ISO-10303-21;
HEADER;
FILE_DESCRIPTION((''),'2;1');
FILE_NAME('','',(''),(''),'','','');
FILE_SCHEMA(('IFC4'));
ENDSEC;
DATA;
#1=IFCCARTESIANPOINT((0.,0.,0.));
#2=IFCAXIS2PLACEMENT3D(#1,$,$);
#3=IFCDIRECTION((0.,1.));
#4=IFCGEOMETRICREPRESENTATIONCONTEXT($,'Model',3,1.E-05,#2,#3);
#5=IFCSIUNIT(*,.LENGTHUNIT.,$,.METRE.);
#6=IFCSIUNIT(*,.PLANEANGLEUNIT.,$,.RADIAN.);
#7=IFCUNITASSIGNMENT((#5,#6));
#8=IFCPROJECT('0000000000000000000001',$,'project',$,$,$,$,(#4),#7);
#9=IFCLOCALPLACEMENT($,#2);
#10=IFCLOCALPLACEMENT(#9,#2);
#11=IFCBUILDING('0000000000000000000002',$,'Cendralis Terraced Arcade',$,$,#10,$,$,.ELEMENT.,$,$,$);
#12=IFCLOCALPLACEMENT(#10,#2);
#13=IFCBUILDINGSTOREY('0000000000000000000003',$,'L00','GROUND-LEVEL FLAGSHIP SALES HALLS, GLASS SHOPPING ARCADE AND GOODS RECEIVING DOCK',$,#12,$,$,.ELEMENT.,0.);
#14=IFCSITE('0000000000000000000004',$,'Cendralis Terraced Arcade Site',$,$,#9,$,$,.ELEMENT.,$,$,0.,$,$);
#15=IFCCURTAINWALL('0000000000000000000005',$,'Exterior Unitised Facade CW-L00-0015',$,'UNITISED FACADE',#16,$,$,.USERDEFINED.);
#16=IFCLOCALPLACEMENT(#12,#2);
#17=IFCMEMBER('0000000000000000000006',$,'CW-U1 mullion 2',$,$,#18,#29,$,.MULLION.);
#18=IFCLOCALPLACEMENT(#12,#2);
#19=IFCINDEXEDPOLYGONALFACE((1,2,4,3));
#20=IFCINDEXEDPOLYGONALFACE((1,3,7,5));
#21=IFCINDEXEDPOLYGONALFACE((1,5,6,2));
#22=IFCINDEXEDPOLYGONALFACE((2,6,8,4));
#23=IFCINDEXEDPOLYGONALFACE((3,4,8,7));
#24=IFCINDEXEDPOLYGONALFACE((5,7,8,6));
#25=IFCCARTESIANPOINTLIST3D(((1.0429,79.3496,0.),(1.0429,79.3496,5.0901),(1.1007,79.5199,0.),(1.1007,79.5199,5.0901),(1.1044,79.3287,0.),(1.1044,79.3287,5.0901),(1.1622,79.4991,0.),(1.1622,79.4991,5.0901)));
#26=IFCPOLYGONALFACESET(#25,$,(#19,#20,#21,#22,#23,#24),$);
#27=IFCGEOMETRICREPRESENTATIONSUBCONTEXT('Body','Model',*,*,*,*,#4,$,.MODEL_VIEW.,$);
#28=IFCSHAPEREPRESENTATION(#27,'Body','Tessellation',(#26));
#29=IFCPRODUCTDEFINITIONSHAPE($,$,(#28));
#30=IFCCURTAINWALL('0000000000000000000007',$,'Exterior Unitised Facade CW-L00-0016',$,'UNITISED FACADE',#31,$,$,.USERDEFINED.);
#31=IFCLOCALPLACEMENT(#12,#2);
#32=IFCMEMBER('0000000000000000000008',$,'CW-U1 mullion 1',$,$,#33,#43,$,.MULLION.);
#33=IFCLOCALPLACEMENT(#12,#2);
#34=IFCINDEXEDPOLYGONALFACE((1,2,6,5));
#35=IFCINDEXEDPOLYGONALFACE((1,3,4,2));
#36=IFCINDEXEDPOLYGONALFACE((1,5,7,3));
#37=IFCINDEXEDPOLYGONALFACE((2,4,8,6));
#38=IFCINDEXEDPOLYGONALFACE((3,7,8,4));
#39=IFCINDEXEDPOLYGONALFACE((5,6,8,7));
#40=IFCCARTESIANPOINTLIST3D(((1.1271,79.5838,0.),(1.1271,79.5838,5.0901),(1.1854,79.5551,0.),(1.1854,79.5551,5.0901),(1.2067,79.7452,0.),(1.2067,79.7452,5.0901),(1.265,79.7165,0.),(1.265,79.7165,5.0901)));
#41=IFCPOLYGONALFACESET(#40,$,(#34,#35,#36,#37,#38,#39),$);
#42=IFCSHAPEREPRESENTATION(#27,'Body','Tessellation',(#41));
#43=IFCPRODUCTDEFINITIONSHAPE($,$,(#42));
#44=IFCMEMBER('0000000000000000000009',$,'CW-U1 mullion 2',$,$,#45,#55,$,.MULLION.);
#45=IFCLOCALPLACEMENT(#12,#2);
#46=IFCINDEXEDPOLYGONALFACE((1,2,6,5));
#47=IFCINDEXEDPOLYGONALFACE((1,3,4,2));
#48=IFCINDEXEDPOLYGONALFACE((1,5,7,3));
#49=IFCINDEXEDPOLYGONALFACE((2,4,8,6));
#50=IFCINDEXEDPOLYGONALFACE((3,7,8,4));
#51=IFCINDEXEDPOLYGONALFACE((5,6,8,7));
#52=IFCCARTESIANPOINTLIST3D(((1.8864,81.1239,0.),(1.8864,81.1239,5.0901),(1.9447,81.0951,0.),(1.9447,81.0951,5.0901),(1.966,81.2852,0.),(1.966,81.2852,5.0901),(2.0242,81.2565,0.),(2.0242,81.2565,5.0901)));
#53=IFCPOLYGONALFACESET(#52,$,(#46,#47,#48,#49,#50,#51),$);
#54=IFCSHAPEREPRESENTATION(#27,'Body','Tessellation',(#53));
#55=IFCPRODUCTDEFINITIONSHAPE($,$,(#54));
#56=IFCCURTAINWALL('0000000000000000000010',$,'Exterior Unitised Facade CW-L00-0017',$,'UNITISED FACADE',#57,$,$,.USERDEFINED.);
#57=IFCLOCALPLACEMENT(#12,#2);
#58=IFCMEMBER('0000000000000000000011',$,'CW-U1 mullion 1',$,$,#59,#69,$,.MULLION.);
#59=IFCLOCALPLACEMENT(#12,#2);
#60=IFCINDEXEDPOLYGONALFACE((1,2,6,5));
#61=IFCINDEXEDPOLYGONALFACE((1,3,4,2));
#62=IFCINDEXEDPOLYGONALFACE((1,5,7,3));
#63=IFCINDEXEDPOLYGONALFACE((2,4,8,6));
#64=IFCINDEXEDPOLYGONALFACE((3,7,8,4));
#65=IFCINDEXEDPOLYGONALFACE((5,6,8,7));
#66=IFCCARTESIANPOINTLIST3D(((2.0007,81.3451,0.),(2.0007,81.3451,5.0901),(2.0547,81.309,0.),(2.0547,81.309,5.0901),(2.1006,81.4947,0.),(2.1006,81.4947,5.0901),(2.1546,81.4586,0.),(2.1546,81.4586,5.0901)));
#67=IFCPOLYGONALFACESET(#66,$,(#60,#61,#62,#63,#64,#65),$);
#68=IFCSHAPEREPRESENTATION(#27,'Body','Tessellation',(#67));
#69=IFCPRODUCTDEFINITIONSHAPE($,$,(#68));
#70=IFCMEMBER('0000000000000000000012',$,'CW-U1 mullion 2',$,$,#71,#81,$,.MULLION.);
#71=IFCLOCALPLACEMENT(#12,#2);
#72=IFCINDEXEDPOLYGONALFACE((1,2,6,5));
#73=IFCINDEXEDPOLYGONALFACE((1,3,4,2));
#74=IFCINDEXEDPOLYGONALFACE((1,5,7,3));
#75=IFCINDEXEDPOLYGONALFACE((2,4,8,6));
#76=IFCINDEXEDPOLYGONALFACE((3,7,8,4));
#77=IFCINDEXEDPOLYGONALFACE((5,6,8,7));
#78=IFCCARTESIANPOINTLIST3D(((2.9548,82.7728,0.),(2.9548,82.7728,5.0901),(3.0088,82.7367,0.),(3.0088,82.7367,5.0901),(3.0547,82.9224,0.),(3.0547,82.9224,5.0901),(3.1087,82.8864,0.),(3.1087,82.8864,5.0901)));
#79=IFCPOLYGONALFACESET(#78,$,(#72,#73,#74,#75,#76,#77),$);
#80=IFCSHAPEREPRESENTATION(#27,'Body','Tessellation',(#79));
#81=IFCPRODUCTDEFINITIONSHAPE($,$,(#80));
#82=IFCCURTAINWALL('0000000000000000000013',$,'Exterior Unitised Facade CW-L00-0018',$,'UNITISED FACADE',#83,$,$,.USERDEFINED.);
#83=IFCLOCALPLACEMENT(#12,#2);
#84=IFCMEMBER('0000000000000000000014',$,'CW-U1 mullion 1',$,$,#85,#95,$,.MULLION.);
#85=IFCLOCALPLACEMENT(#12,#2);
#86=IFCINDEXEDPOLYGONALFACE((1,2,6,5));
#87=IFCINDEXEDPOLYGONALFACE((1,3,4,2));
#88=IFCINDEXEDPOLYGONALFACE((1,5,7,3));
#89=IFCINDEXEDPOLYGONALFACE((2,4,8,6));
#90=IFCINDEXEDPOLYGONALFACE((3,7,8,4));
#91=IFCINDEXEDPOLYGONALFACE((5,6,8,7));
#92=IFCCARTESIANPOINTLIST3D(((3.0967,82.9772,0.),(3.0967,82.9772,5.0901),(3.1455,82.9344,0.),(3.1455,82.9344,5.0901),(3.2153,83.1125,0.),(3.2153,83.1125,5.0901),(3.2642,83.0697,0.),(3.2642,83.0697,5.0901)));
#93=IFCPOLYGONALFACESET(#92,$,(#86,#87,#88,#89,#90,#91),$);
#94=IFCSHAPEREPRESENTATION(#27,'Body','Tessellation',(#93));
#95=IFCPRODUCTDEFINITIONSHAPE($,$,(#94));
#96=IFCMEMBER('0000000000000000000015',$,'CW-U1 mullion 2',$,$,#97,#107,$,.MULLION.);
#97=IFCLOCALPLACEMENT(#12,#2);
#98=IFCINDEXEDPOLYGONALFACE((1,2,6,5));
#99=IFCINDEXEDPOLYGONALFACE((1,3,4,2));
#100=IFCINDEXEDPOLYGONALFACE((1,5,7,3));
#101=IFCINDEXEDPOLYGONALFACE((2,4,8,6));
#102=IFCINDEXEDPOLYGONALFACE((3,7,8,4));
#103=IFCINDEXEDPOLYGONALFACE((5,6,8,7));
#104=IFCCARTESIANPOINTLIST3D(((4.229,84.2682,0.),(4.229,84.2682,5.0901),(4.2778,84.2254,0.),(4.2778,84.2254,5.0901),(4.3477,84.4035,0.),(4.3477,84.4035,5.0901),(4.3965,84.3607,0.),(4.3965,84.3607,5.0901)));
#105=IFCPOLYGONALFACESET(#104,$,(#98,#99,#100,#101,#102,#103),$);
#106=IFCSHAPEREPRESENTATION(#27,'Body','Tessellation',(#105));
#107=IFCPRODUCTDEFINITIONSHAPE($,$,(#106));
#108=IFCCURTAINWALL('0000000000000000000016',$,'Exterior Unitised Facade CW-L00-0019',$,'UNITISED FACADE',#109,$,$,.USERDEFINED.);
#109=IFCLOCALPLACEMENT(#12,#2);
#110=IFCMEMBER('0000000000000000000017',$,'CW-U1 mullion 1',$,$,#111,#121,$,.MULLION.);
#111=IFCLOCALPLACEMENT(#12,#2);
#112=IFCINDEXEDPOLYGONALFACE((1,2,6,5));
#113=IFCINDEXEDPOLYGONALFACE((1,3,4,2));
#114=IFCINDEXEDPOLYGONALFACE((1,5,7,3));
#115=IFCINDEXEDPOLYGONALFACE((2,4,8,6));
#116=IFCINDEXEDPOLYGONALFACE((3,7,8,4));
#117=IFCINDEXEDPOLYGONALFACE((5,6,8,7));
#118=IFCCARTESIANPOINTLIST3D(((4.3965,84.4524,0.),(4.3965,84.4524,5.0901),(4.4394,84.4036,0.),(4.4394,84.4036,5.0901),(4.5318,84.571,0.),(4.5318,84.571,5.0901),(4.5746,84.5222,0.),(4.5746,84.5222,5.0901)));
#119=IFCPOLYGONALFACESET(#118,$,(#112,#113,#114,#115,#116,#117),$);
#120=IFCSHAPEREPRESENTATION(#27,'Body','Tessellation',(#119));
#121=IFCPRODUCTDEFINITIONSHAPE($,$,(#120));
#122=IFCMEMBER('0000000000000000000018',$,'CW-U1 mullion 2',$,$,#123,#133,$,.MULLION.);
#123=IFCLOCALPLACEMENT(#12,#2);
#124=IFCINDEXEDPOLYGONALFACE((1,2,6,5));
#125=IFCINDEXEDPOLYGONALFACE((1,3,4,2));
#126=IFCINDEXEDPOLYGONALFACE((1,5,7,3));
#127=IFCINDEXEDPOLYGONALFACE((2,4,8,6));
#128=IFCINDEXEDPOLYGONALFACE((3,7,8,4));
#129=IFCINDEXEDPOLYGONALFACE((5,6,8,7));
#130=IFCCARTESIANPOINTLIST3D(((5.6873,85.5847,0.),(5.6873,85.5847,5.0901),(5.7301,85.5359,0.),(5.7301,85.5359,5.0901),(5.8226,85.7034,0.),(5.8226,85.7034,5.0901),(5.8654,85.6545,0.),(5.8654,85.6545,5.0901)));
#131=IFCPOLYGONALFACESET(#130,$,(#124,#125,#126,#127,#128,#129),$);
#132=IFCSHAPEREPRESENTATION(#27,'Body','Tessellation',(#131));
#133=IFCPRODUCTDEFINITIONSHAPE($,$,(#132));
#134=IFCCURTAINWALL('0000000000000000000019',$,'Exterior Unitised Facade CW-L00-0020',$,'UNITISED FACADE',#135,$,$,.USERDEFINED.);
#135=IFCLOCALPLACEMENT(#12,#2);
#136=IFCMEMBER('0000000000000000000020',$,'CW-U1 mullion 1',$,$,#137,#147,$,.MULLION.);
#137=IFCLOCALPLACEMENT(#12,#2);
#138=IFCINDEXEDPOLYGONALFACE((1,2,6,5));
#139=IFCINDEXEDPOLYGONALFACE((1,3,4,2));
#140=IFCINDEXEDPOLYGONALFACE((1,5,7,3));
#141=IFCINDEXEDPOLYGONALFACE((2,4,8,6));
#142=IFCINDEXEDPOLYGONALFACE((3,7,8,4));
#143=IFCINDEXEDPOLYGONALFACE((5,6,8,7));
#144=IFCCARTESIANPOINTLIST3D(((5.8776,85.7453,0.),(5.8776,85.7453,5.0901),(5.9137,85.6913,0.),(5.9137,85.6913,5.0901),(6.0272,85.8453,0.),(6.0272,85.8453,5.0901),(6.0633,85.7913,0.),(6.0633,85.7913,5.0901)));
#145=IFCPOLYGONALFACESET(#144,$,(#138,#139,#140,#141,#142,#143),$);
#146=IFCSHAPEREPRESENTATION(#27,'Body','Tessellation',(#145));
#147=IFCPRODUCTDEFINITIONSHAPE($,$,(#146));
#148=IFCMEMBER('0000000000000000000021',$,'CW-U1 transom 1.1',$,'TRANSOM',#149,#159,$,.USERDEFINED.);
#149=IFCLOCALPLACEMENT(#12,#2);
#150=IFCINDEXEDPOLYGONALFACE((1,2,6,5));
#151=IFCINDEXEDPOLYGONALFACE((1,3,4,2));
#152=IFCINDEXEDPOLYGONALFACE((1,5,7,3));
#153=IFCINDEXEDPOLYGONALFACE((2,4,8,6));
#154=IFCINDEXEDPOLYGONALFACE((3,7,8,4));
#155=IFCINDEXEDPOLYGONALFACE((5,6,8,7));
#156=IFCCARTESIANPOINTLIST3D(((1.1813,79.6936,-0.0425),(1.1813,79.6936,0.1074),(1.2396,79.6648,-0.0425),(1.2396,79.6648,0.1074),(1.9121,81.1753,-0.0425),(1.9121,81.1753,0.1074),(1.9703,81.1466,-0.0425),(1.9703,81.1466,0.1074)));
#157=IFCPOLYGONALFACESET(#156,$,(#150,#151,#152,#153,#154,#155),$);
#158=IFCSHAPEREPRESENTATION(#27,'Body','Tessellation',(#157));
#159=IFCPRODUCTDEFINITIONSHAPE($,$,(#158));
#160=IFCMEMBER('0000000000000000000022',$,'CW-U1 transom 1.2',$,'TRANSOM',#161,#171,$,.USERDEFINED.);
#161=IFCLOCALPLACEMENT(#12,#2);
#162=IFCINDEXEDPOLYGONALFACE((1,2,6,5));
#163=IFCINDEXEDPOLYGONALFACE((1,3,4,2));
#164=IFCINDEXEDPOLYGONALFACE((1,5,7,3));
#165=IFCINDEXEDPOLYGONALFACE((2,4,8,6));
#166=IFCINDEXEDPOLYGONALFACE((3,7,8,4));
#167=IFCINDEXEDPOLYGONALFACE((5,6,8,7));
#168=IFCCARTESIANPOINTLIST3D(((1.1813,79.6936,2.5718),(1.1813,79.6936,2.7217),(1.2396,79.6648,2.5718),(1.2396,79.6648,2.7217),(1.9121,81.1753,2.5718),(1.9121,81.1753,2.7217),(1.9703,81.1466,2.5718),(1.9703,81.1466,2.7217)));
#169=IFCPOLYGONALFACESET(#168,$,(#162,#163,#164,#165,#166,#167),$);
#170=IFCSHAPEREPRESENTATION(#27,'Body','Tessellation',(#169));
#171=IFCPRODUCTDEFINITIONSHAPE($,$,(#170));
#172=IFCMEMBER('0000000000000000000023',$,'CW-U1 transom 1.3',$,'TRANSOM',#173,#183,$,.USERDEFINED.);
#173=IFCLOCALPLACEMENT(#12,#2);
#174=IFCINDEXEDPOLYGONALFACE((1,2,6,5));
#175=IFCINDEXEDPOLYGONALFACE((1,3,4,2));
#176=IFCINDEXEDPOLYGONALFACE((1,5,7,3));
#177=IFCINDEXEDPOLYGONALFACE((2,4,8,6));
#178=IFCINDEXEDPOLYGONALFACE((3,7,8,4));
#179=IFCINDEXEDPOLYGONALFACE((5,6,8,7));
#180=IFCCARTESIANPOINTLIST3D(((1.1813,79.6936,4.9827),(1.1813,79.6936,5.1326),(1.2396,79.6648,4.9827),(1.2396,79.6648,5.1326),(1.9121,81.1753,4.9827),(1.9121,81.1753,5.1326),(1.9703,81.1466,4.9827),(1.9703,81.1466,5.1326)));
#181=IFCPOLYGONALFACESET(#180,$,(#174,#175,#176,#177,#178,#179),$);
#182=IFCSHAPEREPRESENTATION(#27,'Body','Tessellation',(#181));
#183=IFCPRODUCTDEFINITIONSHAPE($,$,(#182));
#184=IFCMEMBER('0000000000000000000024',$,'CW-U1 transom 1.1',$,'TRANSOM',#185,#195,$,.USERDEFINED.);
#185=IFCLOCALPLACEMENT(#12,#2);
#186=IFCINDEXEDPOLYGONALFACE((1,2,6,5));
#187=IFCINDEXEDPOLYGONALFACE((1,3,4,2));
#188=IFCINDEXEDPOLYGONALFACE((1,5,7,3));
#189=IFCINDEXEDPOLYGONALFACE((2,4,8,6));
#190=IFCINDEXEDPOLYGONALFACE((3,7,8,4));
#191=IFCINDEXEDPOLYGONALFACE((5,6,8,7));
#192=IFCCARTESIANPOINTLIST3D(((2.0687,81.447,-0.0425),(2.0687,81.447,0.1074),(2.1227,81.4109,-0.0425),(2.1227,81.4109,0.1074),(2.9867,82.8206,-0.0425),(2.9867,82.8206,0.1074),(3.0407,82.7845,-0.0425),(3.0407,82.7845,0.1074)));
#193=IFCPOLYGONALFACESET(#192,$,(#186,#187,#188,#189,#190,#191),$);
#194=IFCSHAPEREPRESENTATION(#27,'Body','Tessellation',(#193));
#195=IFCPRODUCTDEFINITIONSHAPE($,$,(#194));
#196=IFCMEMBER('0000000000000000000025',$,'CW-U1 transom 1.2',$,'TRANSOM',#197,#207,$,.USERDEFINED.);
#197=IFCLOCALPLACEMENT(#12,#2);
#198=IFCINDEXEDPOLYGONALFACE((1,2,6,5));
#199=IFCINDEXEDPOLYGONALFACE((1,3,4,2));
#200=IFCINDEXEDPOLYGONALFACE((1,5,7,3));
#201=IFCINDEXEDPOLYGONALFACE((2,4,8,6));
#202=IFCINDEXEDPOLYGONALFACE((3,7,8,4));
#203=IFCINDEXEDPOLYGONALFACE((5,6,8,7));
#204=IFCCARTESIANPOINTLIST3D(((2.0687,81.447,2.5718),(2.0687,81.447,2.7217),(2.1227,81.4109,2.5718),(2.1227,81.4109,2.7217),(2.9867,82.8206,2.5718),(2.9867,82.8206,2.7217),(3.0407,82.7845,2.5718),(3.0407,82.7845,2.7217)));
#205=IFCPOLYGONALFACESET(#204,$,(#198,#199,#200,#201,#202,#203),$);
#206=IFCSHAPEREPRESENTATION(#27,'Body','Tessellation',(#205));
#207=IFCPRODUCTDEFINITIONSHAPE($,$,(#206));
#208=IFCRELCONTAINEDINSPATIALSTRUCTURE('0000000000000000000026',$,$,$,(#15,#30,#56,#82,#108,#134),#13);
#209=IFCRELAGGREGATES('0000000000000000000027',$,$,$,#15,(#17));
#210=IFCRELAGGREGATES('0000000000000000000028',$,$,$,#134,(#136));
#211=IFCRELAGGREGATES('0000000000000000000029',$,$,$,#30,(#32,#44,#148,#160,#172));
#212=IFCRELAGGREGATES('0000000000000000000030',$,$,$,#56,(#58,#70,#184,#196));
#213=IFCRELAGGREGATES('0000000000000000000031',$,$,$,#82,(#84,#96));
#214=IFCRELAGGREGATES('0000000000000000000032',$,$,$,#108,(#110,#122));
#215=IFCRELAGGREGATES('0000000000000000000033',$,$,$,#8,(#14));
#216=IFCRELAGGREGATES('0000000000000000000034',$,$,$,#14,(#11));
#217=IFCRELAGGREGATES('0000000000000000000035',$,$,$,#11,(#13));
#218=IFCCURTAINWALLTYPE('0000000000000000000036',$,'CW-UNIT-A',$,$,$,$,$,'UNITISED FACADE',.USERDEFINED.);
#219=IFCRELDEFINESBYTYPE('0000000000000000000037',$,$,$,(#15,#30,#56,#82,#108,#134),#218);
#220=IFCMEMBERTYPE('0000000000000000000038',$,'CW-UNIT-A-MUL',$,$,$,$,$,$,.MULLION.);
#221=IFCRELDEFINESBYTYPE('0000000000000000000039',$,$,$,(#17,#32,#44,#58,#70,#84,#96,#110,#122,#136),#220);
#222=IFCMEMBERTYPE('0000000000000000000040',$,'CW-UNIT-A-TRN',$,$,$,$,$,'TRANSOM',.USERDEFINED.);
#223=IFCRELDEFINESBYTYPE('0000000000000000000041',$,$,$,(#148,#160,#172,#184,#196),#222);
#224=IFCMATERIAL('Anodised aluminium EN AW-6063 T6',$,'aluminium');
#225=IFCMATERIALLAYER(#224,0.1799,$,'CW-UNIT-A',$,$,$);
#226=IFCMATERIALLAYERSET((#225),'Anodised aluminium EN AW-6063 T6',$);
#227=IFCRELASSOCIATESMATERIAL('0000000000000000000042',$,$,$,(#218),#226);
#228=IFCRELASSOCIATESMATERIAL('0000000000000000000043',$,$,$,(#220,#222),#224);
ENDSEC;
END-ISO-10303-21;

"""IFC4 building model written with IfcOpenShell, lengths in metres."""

from ifc_helpers import new_model, si_unit, direction, frame, origin, origin_2d, place, context, subcontext, project, spatial, rectangle, extrude, material, layer, layer_set, material_profile, profile_set, type_object, element, aggregate, save


model = new_model("IFC4")

# Units and contexts
model_context = context("Model", 3, precision=1e-05, world=origin(), true_north=direction((0.0, 1.0)))
body_context = subcontext(model_context, "Body", "Model", "MODEL_VIEW")
ifc_project = project(units=[si_unit("LENGTHUNIT", "METRE"), si_unit("PLANEANGLEUNIT", "RADIAN")], contexts=[model_context])

# Site, building, storey
site_placement = place(None, origin())
site = spatial("IfcSite", under=ifc_project, at=site_placement, Name="Cendralis Terraced Arcade Site", CompositionType="ELEMENT", RefElevation=0.0)
building_placement = place(site_placement, origin())
building = spatial("IfcBuilding", under=site, at=building_placement, Name="Cendralis Terraced Arcade", CompositionType="ELEMENT")
storey_placement = place(building_placement, origin())
storey = spatial("IfcBuildingStorey", under=building, at=storey_placement, Name="L00", Description="GROUND-LEVEL FLAGSHIP SALES HALLS, GLASS SHOPPING ARCADE AND GOODS RECEIVING DOCK", CompositionType="ELEMENT", Elevation=0.0)

# Curtain wall, member
ifc_material_1 = material(Name="Anodised aluminium EN AW-6063 T6", Category="aluminium")
ifc_layer_1 = layer(ifc_material_1, 0.1799, Name="CW-UNIT-A")
ifc_layer_set_1 = layer_set([ifc_layer_1], Name="Anodised aluminium EN AW-6063 T6")
curtain_wall_type = type_object("IfcCurtainWallType", Name="CW-UNIT-A", ElementType="UNITISED FACADE", PredefinedType="USERDEFINED", material=ifc_layer_set_1)
curtain_wall_1_placement = place(storey_placement, origin())
curtain_wall_1 = element("IfcCurtainWall", 1, at=curtain_wall_1_placement, inside=storey, type_object=curtain_wall_type, Name="Exterior Unitised Facade CW-L00-0015", ObjectType="UNITISED FACADE", PredefinedType="USERDEFINED")
ifc_material_profile_1 = material_profile(ifc_material_1, rectangle(XDim=0.0649, YDim=0.1799, at=origin_2d()), Name="ALU-MUL-65x180")
ifc_profile_set_1 = profile_set([ifc_material_profile_1], Name="Anodised aluminium EN AW-6063 T6")
member_type_1 = type_object("IfcMemberType", Name="CW-UNIT-A-MUL", PredefinedType="MULLION", material=ifc_profile_set_1)
member_1_placement = place(storey_placement, frame((1.1025, 79.4243, 0.0), z_axis=(0.0, 0.0, 1.0), x_axis=(-0.946924, 0.321458, 0.0)))
member_1 = element("IfcMember", 2, at=member_1_placement, type_object=member_type_1, Name="CW-U1 mullion 2", PredefinedType="MULLION", context=body_context, shape_type="SweptSolid", body=[
    extrude(rectangle(XDim=0.0649, YDim=0.1799, at=origin_2d()), origin(), (0.0, 0.0, 1.0), 5.0901),
])
aggregate(curtain_wall_1, [member_1])

# Curtain walls, members
curtain_wall_2_placement = place(storey_placement, origin())
curtain_wall_2 = element("IfcCurtainWall", 3, at=curtain_wall_2_placement, inside=storey, type_object=curtain_wall_type, Name="Exterior Unitised Facade CW-L00-0016", ObjectType="UNITISED FACADE", PredefinedType="USERDEFINED")
member_2_placement = place(storey_placement, frame((1.196, 79.6501, 0.0), z_axis=(0.0, 0.0, 1.0), x_axis=(-0.896871, 0.442291, 0.0)))
member_2 = element("IfcMember", 4, at=member_2_placement, type_object=member_type_1, Name="CW-U1 mullion 1", PredefinedType="MULLION", context=body_context, shape_type="SweptSolid", body=[
    extrude(rectangle(XDim=0.0649, YDim=0.1799, at=origin_2d()), origin(), (0.0, 0.0, 1.0), 5.0901),
])
member_3_placement = place(storey_placement, frame((1.9553, 81.1902, 0.0), z_axis=(0.0, 0.0, 1.0), x_axis=(-0.896871, 0.442291, 0.0)))
member_3 = element("IfcMember", 5, at=member_3_placement, type_object=member_type_1, Name="CW-U1 mullion 2", PredefinedType="MULLION", context=body_context, shape_type="SweptSolid", body=[
    extrude(rectangle(XDim=0.0649, YDim=0.1799, at=origin_2d()), origin(), (0.0, 0.0, 1.0), 5.0901),
])
curtain_wall_3_placement = place(storey_placement, origin())
curtain_wall_3 = element("IfcCurtainWall", 6, at=curtain_wall_3_placement, inside=storey, type_object=curtain_wall_type, Name="Exterior Unitised Facade CW-L00-0017", ObjectType="UNITISED FACADE", PredefinedType="USERDEFINED")
member_4_placement = place(storey_placement, frame((2.0776, 81.4019, 0.0), z_axis=(0.0, 0.0, 1.0), x_axis=(-0.831471, 0.555567, 0.0)))
member_4 = element("IfcMember", 7, at=member_4_placement, type_object=member_type_1, Name="CW-U1 mullion 1", PredefinedType="MULLION", context=body_context, shape_type="SweptSolid", body=[
    extrude(rectangle(XDim=0.0649, YDim=0.1799, at=origin_2d()), origin(), (0.0, 0.0, 1.0), 5.0901),
])
member_5_placement = place(storey_placement, frame((3.0317, 82.8296, 0.0), z_axis=(0.0, 0.0, 1.0), x_axis=(-0.831471, 0.555567, 0.0)))
member_5 = element("IfcMember", 8, at=member_5_placement, type_object=member_type_1, Name="CW-U1 mullion 2", PredefinedType="MULLION", context=body_context, shape_type="SweptSolid", body=[
    extrude(rectangle(XDim=0.0649, YDim=0.1799, at=origin_2d()), origin(), (0.0, 0.0, 1.0), 5.0901),
])
curtain_wall_4_placement = place(storey_placement, origin())
curtain_wall_4 = element("IfcCurtainWall", 9, at=curtain_wall_4_placement, inside=storey, type_object=curtain_wall_type, Name="Exterior Unitised Facade CW-L00-0018", ObjectType="UNITISED FACADE", PredefinedType="USERDEFINED")
member_6_placement = place(storey_placement, frame((3.1804, 83.0234, 0.0), z_axis=(0.0, 0.0, 1.0), x_axis=(-0.751804, 0.659386, 0.0)))
member_6 = element("IfcMember", 10, at=member_6_placement, type_object=member_type_1, Name="CW-U1 mullion 1", PredefinedType="MULLION", context=body_context, shape_type="SweptSolid", body=[
    extrude(rectangle(XDim=0.0649, YDim=0.1799, at=origin_2d()), origin(), (0.0, 0.0, 1.0), 5.0901),
])
member_7_placement = place(storey_placement, frame((4.3127, 84.3145, 0.0), z_axis=(0.0, 0.0, 1.0), x_axis=(-0.751804, 0.659386, 0.0)))
member_7 = element("IfcMember", 11, at=member_7_placement, type_object=member_type_1, Name="CW-U1 mullion 2", PredefinedType="MULLION", context=body_context, shape_type="SweptSolid", body=[
    extrude(rectangle(XDim=0.0649, YDim=0.1799, at=origin_2d()), origin(), (0.0, 0.0, 1.0), 5.0901),
])
curtain_wall_5_placement = place(storey_placement, origin())
curtain_wall_5 = element("IfcCurtainWall", 12, at=curtain_wall_5_placement, inside=storey, type_object=curtain_wall_type, Name="Exterior Unitised Facade CW-L00-0019", ObjectType="UNITISED FACADE", PredefinedType="USERDEFINED")
member_8_placement = place(storey_placement, frame((4.4856, 84.4873, 0.0), z_axis=(0.0, 0.0, 1.0), x_axis=(-0.659386, 0.751804, 0.0)))
member_8 = element("IfcMember", 13, at=member_8_placement, type_object=member_type_1, Name="CW-U1 mullion 1", PredefinedType="MULLION", context=body_context, shape_type="SweptSolid", body=[
    extrude(rectangle(XDim=0.0649, YDim=0.1799, at=origin_2d()), origin(), (0.0, 0.0, 1.0), 5.0901),
])
member_9_placement = place(storey_placement, frame((5.7764, 85.6196, 0.0), z_axis=(0.0, 0.0, 1.0), x_axis=(-0.659386, 0.751804, 0.0)))
member_9 = element("IfcMember", 14, at=member_9_placement, type_object=member_type_1, Name="CW-U1 mullion 2", PredefinedType="MULLION", context=body_context, shape_type="SweptSolid", body=[
    extrude(rectangle(XDim=0.0649, YDim=0.1799, at=origin_2d()), origin(), (0.0, 0.0, 1.0), 5.0901),
])

# Curtain wall, member
curtain_wall_6_placement = place(storey_placement, origin())
curtain_wall_6 = element("IfcCurtainWall", 15, at=curtain_wall_6_placement, inside=storey, type_object=curtain_wall_type, Name="Exterior Unitised Facade CW-L00-0020", ObjectType="UNITISED FACADE", PredefinedType="USERDEFINED")
member_10_placement = place(storey_placement, frame((5.9705, 85.7683, 0.0), z_axis=(0.0, 0.0, 1.0), x_axis=(-0.555567, 0.831471, 0.0)))
member_10 = element("IfcMember", 16, at=member_10_placement, type_object=member_type_1, Name="CW-U1 mullion 1", PredefinedType="MULLION", context=body_context, shape_type="SweptSolid", body=[
    extrude(rectangle(XDim=0.0649, YDim=0.1799, at=origin_2d()), origin(), (0.0, 0.0, 1.0), 5.0901),
])
aggregate(curtain_wall_6, [member_10])

# Members
ifc_material_profile_2 = material_profile(ifc_material_1, rectangle(XDim=0.0649, YDim=0.1499, at=origin_2d()), Name="ALU-TRN-65x150")
ifc_profile_set_2 = profile_set([ifc_material_profile_2], Name="Anodised aluminium EN AW-6063 T6")
member_type_2 = type_object("IfcMemberType", Name="CW-UNIT-A-TRN", ElementType="TRANSOM", PredefinedType="USERDEFINED", material=ifc_profile_set_2)
member_11_placement = place(storey_placement, frame((1.2104, 79.6792, 0.0325), z_axis=(0.442301, 0.896867, 0.0), x_axis=(-0.896867, 0.442301, 0.0)))
member_11 = element("IfcMember", 17, at=member_11_placement, type_object=member_type_2, Name="CW-U1 transom 1.1", ObjectType="TRANSOM", PredefinedType="USERDEFINED", context=body_context, shape_type="SweptSolid", body=[
    extrude(rectangle(XDim=0.0649, YDim=0.1499, at=origin_2d()), origin(), (0.0, 0.0, 1.0), 1.6521),
])
member_12_placement = place(storey_placement, frame((1.2104, 79.6792, 2.6467), z_axis=(0.442301, 0.896867, 0.0), x_axis=(-0.896867, 0.442301, 0.0)))
member_12 = element("IfcMember", 18, at=member_12_placement, type_object=member_type_2, Name="CW-U1 transom 1.2", ObjectType="TRANSOM", PredefinedType="USERDEFINED", context=body_context, shape_type="SweptSolid", body=[
    extrude(rectangle(XDim=0.0649, YDim=0.1499, at=origin_2d()), origin(), (0.0, 0.0, 1.0), 1.6521),
])
member_13_placement = place(storey_placement, frame((1.2104, 79.6792, 5.0576), z_axis=(0.442301, 0.896867, 0.0), x_axis=(-0.896867, 0.442301, 0.0)))
member_13 = element("IfcMember", 19, at=member_13_placement, type_object=member_type_2, Name="CW-U1 transom 1.3", ObjectType="TRANSOM", PredefinedType="USERDEFINED", context=body_context, shape_type="SweptSolid", body=[
    extrude(rectangle(XDim=0.0649, YDim=0.1499, at=origin_2d()), origin(), (0.0, 0.0, 1.0), 1.6521),
])
member_14_placement = place(storey_placement, frame((2.0957, 81.429, 0.0325), z_axis=(0.555655, 0.831413, 0.0), x_axis=(-0.831413, 0.555655, 0.0)))
member_14 = element("IfcMember", 20, at=member_14_placement, type_object=member_type_2, Name="CW-U1 transom 1.1", ObjectType="TRANSOM", PredefinedType="USERDEFINED", context=body_context, shape_type="SweptSolid", body=[
    extrude(rectangle(XDim=0.0649, YDim=0.1499, at=origin_2d()), origin(), (0.0, 0.0, 1.0), 1.6521),
])
member_15_placement = place(storey_placement, frame((2.0957, 81.429, 2.6467), z_axis=(0.555655, 0.831413, 0.0), x_axis=(-0.831413, 0.555655, 0.0)))
member_15 = element("IfcMember", 21, at=member_15_placement, type_object=member_type_2, Name="CW-U1 transom 1.2", ObjectType="TRANSOM", PredefinedType="USERDEFINED", context=body_context, shape_type="SweptSolid", body=[
    extrude(rectangle(XDim=0.0649, YDim=0.1499, at=origin_2d()), origin(), (0.0, 0.0, 1.0), 1.6521),
])

aggregate(curtain_wall_2, [member_2, member_3, member_11, member_12, member_13])
aggregate(curtain_wall_3, [member_4, member_5, member_14, member_15])
aggregate(curtain_wall_4, [member_6, member_7])
aggregate(curtain_wall_5, [member_8, member_9])

save(model, "model.ifc")
